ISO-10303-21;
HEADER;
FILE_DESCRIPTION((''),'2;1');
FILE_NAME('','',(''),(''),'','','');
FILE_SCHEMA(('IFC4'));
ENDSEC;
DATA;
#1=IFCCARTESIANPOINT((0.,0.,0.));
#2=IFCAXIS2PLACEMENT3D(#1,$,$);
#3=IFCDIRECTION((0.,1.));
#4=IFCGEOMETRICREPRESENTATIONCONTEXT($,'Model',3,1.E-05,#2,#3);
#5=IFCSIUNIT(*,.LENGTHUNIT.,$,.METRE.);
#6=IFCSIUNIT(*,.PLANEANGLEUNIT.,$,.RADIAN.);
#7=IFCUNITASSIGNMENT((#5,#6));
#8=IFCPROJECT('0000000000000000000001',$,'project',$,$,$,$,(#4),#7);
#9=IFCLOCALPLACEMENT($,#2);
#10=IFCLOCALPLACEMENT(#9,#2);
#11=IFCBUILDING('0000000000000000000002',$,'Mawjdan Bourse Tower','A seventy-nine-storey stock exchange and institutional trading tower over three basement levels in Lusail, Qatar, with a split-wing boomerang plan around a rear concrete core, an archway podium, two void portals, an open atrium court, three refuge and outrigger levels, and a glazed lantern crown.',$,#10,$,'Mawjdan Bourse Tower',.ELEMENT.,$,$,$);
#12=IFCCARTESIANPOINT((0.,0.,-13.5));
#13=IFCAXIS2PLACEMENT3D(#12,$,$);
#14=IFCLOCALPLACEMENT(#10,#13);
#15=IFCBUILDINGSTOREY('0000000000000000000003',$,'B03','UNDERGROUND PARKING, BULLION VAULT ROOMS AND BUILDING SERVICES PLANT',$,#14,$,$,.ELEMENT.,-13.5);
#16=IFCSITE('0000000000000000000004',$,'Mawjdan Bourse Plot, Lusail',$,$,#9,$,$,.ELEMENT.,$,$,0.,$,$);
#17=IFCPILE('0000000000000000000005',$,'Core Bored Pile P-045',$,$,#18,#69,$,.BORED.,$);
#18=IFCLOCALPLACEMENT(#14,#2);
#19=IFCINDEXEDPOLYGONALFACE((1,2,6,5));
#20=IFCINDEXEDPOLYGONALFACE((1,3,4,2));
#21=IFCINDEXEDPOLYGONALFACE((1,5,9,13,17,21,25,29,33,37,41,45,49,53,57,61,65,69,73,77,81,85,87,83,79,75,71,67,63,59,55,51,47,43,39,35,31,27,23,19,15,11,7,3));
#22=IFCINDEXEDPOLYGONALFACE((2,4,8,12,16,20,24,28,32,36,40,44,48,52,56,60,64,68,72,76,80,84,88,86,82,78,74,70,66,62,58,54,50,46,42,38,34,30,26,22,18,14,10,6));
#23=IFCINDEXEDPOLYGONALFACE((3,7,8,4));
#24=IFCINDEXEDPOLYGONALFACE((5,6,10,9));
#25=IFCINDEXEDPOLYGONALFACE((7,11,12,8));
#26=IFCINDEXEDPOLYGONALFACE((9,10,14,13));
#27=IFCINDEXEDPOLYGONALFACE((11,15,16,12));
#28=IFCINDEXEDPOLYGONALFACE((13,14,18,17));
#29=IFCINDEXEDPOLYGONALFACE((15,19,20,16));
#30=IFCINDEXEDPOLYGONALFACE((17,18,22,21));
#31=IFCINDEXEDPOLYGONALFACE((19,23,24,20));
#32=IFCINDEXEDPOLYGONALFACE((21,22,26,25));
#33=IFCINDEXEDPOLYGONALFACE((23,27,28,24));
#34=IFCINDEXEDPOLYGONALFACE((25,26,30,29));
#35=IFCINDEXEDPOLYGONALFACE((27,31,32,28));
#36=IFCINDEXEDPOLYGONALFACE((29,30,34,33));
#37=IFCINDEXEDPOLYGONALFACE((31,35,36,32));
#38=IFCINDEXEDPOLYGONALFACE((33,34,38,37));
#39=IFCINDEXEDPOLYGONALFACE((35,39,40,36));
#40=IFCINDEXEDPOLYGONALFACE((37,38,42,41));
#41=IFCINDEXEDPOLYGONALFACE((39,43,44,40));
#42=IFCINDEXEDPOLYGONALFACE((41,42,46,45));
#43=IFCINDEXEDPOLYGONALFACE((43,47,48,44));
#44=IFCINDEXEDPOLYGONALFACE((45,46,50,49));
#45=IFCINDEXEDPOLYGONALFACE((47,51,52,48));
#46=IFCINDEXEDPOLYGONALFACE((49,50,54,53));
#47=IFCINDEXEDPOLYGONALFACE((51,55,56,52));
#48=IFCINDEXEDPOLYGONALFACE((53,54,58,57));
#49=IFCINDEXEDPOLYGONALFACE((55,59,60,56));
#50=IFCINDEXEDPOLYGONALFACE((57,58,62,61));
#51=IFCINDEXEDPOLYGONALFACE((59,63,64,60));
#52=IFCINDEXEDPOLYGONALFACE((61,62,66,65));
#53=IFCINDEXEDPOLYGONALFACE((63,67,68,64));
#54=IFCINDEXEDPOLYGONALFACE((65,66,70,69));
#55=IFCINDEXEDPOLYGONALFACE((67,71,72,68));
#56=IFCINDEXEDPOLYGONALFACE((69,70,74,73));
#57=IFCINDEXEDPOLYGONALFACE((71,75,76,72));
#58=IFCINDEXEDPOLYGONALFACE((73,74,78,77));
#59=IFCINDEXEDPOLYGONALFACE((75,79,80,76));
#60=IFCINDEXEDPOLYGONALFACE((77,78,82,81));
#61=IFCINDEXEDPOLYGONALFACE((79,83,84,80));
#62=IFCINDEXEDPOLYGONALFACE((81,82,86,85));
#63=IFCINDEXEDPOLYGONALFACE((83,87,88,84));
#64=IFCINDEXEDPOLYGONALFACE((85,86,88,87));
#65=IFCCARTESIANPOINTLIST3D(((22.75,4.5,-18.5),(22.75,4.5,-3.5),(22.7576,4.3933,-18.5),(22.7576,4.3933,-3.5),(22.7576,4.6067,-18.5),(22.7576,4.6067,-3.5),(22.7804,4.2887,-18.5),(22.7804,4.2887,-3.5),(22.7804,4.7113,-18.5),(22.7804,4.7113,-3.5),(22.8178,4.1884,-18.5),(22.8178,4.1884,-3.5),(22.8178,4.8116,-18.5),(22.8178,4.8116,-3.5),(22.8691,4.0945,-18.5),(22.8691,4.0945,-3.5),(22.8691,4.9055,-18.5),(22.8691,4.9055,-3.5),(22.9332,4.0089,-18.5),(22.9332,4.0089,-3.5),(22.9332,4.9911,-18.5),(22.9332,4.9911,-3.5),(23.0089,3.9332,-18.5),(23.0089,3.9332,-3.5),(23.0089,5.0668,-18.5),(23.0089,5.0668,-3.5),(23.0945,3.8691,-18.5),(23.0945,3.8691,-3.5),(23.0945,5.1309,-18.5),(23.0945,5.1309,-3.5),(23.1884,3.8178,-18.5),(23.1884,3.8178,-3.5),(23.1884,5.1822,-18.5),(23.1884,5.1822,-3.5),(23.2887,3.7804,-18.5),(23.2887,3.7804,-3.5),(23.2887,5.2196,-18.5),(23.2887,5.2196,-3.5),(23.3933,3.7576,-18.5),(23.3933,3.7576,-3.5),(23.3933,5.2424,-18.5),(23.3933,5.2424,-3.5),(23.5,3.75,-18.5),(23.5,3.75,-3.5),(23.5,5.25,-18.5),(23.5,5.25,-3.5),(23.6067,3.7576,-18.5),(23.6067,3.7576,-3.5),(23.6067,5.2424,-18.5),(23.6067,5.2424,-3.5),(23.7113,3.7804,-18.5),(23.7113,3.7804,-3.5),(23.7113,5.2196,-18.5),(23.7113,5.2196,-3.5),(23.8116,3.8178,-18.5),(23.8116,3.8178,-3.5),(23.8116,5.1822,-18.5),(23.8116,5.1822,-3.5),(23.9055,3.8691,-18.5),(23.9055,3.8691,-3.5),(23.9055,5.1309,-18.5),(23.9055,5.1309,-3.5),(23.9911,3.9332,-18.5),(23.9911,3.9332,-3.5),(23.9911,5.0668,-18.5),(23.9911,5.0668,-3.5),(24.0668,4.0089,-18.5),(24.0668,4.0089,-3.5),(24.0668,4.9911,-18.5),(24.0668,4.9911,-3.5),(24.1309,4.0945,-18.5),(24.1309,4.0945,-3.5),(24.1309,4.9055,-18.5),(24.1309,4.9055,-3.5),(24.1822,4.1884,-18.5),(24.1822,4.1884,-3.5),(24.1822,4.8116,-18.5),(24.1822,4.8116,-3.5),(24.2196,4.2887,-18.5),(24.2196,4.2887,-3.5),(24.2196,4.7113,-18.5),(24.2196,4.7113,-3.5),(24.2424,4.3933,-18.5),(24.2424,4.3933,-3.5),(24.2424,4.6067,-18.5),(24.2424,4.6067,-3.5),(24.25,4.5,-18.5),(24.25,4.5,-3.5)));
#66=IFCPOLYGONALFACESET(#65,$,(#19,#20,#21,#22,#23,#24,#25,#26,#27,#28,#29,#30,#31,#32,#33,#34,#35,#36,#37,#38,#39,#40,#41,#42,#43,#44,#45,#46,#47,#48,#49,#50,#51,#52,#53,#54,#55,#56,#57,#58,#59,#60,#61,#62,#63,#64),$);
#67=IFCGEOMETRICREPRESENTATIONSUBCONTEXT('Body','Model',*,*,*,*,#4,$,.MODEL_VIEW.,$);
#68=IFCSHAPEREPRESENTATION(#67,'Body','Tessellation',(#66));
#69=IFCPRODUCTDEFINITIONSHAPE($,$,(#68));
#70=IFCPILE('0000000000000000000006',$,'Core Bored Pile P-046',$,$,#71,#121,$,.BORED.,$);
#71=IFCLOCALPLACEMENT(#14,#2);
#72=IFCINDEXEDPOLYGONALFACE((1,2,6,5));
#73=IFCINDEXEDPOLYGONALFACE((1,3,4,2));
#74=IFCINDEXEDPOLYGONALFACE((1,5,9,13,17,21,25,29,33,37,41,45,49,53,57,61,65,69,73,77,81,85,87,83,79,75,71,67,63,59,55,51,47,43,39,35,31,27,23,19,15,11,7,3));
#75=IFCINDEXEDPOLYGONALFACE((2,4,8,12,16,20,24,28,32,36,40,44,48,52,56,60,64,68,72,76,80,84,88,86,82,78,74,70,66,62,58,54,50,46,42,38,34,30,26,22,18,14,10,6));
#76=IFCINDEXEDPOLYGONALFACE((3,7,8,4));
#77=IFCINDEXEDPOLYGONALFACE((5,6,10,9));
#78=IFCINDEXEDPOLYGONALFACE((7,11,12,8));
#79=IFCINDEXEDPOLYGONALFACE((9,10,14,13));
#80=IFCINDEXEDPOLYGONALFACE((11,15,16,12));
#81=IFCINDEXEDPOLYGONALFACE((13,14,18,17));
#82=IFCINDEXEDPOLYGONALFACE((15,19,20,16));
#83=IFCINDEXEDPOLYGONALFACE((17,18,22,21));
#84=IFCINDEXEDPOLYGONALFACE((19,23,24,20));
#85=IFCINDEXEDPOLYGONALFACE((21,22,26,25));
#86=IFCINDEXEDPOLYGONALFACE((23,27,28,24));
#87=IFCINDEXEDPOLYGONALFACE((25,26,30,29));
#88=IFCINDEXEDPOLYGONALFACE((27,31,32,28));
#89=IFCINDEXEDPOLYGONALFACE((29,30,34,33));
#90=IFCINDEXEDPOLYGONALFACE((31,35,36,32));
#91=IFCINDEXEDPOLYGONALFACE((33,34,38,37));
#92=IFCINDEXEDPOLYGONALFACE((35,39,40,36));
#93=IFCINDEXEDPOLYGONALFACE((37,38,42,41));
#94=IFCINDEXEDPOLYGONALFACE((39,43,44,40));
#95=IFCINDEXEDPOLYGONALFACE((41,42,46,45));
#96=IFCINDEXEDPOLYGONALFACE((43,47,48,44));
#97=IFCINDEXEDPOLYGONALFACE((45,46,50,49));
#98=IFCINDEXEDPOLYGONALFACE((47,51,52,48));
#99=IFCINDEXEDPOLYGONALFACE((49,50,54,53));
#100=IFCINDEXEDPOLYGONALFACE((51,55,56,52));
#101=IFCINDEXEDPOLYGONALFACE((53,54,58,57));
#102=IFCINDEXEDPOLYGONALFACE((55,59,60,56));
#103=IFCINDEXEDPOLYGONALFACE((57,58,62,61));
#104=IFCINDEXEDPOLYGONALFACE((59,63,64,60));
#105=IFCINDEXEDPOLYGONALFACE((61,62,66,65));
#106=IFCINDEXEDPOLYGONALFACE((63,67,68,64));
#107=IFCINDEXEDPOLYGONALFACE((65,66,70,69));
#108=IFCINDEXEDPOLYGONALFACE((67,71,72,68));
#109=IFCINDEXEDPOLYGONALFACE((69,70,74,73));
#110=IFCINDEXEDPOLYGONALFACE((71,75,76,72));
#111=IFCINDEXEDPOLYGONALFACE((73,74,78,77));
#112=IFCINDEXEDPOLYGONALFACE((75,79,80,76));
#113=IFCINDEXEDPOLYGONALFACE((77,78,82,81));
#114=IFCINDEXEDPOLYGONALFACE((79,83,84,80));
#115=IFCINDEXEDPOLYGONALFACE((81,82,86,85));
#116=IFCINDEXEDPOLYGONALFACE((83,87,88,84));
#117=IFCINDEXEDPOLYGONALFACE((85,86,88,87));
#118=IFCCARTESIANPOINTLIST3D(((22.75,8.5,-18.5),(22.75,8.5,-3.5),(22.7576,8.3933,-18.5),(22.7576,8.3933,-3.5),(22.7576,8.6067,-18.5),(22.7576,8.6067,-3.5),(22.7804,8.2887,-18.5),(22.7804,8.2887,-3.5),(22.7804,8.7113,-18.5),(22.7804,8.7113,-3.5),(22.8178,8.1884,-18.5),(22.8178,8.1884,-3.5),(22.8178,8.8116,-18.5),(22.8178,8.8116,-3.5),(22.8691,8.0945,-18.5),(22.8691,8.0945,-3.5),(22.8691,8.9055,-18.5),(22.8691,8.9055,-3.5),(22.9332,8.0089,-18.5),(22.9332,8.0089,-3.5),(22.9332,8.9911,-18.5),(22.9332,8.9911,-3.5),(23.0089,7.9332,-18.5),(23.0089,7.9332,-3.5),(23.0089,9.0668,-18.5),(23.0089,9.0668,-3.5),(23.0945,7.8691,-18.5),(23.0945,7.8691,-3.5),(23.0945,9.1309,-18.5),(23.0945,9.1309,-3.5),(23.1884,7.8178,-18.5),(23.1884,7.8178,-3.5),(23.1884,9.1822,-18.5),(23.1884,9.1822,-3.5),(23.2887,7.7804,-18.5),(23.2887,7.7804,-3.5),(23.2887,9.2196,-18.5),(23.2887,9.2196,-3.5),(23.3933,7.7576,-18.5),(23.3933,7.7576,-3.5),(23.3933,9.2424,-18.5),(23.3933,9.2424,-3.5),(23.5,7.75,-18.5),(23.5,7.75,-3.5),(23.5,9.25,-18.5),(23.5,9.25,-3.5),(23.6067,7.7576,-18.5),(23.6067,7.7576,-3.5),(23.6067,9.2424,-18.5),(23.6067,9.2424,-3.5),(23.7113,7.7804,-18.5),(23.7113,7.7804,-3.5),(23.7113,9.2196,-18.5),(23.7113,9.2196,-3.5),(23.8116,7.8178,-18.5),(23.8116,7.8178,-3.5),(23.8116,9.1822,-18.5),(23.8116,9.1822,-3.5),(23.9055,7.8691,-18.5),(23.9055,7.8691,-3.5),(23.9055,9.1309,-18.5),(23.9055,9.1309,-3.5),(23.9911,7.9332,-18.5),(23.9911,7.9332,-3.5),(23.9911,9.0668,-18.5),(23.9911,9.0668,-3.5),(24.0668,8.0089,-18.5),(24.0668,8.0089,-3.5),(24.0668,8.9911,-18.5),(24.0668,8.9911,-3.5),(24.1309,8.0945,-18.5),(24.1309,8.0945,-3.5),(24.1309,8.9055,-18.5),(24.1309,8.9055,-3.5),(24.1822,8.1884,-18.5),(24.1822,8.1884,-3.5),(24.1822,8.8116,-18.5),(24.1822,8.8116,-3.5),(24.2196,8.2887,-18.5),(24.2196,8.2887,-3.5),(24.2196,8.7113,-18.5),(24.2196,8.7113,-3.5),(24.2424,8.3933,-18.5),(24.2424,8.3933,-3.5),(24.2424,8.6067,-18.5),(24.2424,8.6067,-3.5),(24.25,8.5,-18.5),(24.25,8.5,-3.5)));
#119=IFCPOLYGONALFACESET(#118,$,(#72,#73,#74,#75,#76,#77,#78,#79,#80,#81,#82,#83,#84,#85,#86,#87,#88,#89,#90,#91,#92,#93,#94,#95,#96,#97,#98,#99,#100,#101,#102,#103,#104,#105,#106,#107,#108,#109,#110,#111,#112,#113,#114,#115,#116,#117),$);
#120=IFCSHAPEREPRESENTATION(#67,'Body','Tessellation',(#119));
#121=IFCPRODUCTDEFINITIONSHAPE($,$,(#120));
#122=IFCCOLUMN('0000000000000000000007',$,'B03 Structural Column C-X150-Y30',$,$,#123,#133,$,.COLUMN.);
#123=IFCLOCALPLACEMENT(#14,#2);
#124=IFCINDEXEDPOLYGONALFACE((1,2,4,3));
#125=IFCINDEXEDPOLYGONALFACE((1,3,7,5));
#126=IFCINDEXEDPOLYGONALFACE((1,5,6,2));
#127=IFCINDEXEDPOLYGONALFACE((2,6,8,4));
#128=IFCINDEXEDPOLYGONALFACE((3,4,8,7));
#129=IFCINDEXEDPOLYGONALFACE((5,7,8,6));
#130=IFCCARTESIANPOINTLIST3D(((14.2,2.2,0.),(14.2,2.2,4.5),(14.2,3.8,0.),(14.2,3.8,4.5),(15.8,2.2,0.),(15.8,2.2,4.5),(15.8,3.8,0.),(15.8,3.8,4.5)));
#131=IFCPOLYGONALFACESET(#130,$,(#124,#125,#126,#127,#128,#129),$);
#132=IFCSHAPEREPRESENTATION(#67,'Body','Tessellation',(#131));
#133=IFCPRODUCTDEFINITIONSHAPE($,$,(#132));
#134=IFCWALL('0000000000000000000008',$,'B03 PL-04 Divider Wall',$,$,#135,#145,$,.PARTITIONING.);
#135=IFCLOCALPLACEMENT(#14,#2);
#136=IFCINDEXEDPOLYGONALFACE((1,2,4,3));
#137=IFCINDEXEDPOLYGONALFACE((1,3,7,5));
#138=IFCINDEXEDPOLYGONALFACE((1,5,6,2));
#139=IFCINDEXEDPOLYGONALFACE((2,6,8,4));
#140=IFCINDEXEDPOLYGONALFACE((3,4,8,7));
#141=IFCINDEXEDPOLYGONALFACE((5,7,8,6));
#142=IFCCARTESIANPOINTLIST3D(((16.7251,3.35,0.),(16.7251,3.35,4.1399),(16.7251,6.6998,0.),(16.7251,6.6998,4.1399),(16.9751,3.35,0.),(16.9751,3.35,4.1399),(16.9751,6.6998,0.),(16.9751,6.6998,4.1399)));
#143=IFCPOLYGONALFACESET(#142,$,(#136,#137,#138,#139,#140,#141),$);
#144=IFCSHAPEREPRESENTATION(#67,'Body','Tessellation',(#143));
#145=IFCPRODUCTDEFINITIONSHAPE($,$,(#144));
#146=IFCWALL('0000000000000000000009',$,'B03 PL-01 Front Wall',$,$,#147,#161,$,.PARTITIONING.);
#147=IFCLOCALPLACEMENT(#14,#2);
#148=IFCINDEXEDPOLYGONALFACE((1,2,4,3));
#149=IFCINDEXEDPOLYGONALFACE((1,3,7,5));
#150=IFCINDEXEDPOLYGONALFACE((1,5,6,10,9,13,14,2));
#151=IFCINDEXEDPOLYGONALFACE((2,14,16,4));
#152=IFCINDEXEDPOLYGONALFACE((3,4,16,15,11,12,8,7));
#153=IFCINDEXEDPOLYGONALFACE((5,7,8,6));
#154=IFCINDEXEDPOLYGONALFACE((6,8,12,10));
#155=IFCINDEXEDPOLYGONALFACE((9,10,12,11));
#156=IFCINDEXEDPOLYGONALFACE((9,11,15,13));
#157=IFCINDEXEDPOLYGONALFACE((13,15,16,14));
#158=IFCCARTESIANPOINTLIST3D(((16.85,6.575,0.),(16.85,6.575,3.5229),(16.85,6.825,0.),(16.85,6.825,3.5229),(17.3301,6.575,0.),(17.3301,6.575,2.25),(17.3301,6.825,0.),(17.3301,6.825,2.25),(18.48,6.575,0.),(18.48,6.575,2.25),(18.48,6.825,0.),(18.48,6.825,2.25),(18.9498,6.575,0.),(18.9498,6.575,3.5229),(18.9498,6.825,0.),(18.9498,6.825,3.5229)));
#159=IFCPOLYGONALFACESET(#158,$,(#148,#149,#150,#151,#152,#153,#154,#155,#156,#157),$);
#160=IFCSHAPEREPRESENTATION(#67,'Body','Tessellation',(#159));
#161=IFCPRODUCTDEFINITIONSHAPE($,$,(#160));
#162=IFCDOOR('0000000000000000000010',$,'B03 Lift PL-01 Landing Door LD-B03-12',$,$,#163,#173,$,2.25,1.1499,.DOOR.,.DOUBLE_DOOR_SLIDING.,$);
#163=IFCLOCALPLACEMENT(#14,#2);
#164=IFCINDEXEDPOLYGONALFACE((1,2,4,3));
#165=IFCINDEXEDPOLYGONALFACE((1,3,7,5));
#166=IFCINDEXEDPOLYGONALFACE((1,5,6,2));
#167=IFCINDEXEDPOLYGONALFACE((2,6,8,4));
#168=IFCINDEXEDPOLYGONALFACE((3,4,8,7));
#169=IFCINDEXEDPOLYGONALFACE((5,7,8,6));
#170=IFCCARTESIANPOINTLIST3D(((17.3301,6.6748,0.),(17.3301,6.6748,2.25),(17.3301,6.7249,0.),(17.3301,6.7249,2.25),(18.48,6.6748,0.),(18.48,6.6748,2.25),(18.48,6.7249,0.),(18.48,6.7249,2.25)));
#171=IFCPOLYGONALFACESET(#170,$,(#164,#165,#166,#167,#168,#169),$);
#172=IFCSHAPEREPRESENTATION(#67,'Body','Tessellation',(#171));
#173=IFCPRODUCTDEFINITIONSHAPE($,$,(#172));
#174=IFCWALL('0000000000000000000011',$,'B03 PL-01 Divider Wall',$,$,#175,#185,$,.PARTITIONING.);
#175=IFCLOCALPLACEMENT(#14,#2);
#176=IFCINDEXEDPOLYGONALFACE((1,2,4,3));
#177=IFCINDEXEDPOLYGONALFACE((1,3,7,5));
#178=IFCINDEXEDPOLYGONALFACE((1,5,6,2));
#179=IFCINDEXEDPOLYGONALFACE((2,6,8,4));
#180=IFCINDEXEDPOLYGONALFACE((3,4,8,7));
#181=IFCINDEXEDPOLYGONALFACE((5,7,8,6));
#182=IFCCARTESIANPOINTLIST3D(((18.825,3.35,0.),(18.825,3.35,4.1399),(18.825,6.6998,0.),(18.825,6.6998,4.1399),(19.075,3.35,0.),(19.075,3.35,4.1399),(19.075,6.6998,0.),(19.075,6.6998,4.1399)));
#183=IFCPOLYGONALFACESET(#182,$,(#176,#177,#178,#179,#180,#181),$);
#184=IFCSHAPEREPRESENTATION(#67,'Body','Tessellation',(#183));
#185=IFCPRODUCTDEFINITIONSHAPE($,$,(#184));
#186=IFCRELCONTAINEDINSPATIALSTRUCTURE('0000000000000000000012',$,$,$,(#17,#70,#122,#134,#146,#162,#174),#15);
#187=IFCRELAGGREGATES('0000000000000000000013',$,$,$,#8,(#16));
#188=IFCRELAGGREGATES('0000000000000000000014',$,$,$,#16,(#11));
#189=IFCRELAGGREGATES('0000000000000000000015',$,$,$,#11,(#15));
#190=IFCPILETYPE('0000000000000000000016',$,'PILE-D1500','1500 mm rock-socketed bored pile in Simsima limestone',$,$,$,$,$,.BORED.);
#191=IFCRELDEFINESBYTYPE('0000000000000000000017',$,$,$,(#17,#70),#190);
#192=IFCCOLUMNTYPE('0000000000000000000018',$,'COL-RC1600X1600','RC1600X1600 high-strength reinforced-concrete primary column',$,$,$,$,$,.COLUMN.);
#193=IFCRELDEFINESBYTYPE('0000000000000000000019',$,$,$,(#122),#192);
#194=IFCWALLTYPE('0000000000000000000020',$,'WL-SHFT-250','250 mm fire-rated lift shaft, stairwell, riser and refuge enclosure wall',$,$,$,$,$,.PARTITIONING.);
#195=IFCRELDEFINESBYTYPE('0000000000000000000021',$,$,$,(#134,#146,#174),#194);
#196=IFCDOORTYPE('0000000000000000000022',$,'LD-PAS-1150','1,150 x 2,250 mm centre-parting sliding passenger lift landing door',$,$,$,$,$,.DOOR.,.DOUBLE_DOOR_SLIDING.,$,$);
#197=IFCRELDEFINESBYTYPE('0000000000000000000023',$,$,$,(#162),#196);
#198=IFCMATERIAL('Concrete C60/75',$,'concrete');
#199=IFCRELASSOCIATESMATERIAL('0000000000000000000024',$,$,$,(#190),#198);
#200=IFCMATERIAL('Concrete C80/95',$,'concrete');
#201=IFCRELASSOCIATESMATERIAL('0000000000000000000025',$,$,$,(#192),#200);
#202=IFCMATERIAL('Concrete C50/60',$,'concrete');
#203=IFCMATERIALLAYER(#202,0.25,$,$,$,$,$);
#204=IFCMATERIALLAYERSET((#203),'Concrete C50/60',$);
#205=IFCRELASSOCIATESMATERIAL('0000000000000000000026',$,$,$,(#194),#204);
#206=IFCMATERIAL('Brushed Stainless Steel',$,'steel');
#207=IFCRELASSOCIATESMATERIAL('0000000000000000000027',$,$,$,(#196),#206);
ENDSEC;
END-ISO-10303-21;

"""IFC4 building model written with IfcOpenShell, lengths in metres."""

from ifc_helpers import new_model, si_unit, direction, frame, frame_2d, origin, origin_2d, place, context, subcontext, project, spatial, rectangle, circle, extrude, material, layer, layer_set, material_profile, profile_set, type_object, element, fill, save


model = new_model("IFC4")

# Units and contexts
model_context = context("Model", 3, precision=1e-05, world=origin(), true_north=direction((0.0, 1.0)))
body_context = subcontext(model_context, "Body", "Model", "MODEL_VIEW")
ifc_project = project(units=[si_unit("LENGTHUNIT", "METRE"), si_unit("PLANEANGLEUNIT", "RADIAN")], contexts=[model_context])

# Site, building, storey
site_placement = place(None, origin())
site = spatial("IfcSite", under=ifc_project, at=site_placement, Name="Mawjdan Bourse Plot, Lusail", CompositionType="ELEMENT", RefElevation=0.0)
building_placement = place(site_placement, origin())
building = spatial("IfcBuilding", under=site, at=building_placement, Name="Mawjdan Bourse Tower", Description="A seventy-nine-storey stock exchange and institutional trading tower over three basement levels in Lusail, Qatar, with a split-wing boomerang plan around a rear concrete core, an archway podium, two void portals, an open atrium court, three refuge and outrigger levels, and a glazed lantern crown.", LongName="Mawjdan Bourse Tower", CompositionType="ELEMENT")
storey_placement = place(building_placement, frame((0.0, 0.0, -13.5)))
storey = spatial("IfcBuildingStorey", under=building, at=storey_placement, Name="B03", Description="UNDERGROUND PARKING, BULLION VAULT ROOMS AND BUILDING SERVICES PLANT", CompositionType="ELEMENT", Elevation=-13.5)

# Piles
ifc_material_1 = material(Name="Concrete C60/75", Category="concrete")
ifc_material_profile_1 = material_profile(ifc_material_1, circle(Radius=0.75, at=origin_2d()), Name="PILE-D1500")
ifc_profile_set_1 = profile_set([ifc_material_profile_1], Name="Concrete C60/75")
pile_type = type_object("IfcPileType", Name="PILE-D1500", Description="1500 mm rock-socketed bored pile in Simsima limestone", PredefinedType="BORED", material=ifc_profile_set_1)
for number, where, z_axis, x_axis, name in (
    (1, (23.5, 4.5, -3.5), (0.0, 0.0, -1.0), (1.0, 0.0, 0.0), "Core Bored Pile P-045"),
    (2, (23.5, 8.5, -3.5), (0.0, 0.0, -1.0), (1.0, 0.0, 0.0), "Core Bored Pile P-046"),
):
    element("IfcPile", number, at=place(storey_placement, frame(where, z_axis=z_axis, x_axis=x_axis)), inside=storey, type_object=pile_type, Name=name, PredefinedType="BORED", context=body_context, shape_type="SweptSolid", body=[
        extrude(circle(Radius=0.75, at=origin_2d()), origin(), (0.0, 0.0, 1.0), 15.0),
    ])

# Column
ifc_material_2 = material(Name="Concrete C80/95", Category="concrete")
ifc_material_profile_2 = material_profile(ifc_material_2, rectangle(XDim=1.6001, YDim=1.6001, at=origin_2d()), Name="RC1600X1600")
ifc_profile_set_2 = profile_set([ifc_material_profile_2], Name="Concrete C80/95")
column_type = type_object("IfcColumnType", Name="COL-RC1600X1600", Description="RC1600X1600 high-strength reinforced-concrete primary column", PredefinedType="COLUMN", material=ifc_profile_set_2)
column_placement = place(storey_placement, frame((15.0, 3.0, 0.0), z_axis=(0.0, 0.0, 1.0), x_axis=(1.0, 0.0, 0.0)))
element("IfcColumn", 3, at=column_placement, inside=storey, type_object=column_type, Name="B03 Structural Column C-X150-Y30", PredefinedType="COLUMN", context=body_context, shape_type="SweptSolid", body=[
    extrude(rectangle(XDim=1.6001, YDim=1.6001, at=origin_2d()), origin(), (0.0, 0.0, 1.0), 4.5),
])

# Wall
ifc_material_3 = material(Name="Concrete C50/60", Category="concrete")
ifc_layer = layer(ifc_material_3, 0.25)
ifc_layer_set = layer_set([ifc_layer], Name="Concrete C50/60")
wall_type = type_object("IfcWallType", Name="WL-SHFT-250", Description="250 mm fire-rated lift shaft, stairwell, riser and refuge enclosure wall", PredefinedType="PARTITIONING", material=ifc_layer_set)
wall_1_placement = place(storey_placement, frame((16.8501, 3.3501, 0.0), z_axis=(0.0, 0.0, 1.0), x_axis=(0.0, 1.0, 0.0)))
element("IfcWall", 4, at=wall_1_placement, inside=storey, type_object=wall_type, Name="B03 PL-04 Divider Wall", PredefinedType="PARTITIONING", context=body_context, shape_type="SweptSolid", body=[
    extrude(rectangle(XDim=3.3499, YDim=0.25, at=frame_2d((1.6748, 0.0))), origin(), (0.0, 0.0, 1.0), 4.1399),
])

# Wall, opening, door
wall_2_placement = place(storey_placement, frame((16.8501, 6.7, 0.0), z_axis=(0.0, 0.0, 1.0), x_axis=(1.0, 0.0, 0.0)))
wall_2 = element("IfcWall", 5, at=wall_2_placement, inside=storey, type_object=wall_type, Name="B03 PL-01 Front Wall", PredefinedType="PARTITIONING", context=body_context, shape_type="SweptSolid", body=[
    extrude(rectangle(XDim=2.0999, YDim=0.25, at=frame_2d((1.0498, 0.0))), origin(), (0.0, 0.0, 1.0), 3.5229),
])
opening_1_placement = place(wall_2_placement, frame((0.48, 0.0, 0.0)))
opening_1 = element("IfcOpeningElement", 6, at=opening_1_placement, cuts=wall_2, PredefinedType="OPENING", context=body_context, shape_type="SweptSolid", body=[
    extrude(rectangle(XDim=1.1499, YDim=2.25, at=frame_2d((0.575, 1.125))), frame((0.0, 0.135, 0.0), z_axis=(0.0, -1.0, 0.0), x_axis=(1.0, 0.0, 0.0)), (0.0, 0.0, 1.0), 0.27),
])
ifc_material_4 = material(Name="Brushed Stainless Steel", Category="steel")
door_type = type_object("IfcDoorType", Name="LD-PAS-1150", Description="1,150 x 2,250 mm centre-parting sliding passenger lift landing door", OperationType="DOUBLE_DOOR_SLIDING", PredefinedType="DOOR", material=ifc_material_4)
door_1_placement = place(opening_1_placement, origin())
door_1 = element("IfcDoor", 7, at=door_1_placement, inside=storey, type_object=door_type, Name="B03 Lift PL-01 Landing Door LD-B03-12", OperationType="DOUBLE_DOOR_SLIDING", OverallHeight=2.25, OverallWidth=1.1499, PredefinedType="DOOR", context=body_context, shape_type="SweptSolid", body=[
    extrude(rectangle(XDim=1.1499, YDim=2.25, at=frame_2d((0.575, 1.125))), frame((0.0, 0.0249, 0.0), z_axis=(0.0, -1.0, 0.0), x_axis=(1.0, 0.0, 0.0)), (0.0, 0.0, 1.0), 0.05),
])
fill(opening_1, door_1)

# Wall
wall_3_placement = place(storey_placement, frame((18.95, 3.3501, 0.0), z_axis=(0.0, 0.0, 1.0), x_axis=(0.0, 1.0, 0.0)))
element("IfcWall", 8, at=wall_3_placement, inside=storey, type_object=wall_type, Name="B03 PL-01 Divider Wall", PredefinedType="PARTITIONING", context=body_context, shape_type="SweptSolid", body=[
    extrude(rectangle(XDim=3.3499, YDim=0.25, at=frame_2d((1.6748, 0.0))), origin(), (0.0, 0.0, 1.0), 4.1399),
])

save(model, "model.ifc")
